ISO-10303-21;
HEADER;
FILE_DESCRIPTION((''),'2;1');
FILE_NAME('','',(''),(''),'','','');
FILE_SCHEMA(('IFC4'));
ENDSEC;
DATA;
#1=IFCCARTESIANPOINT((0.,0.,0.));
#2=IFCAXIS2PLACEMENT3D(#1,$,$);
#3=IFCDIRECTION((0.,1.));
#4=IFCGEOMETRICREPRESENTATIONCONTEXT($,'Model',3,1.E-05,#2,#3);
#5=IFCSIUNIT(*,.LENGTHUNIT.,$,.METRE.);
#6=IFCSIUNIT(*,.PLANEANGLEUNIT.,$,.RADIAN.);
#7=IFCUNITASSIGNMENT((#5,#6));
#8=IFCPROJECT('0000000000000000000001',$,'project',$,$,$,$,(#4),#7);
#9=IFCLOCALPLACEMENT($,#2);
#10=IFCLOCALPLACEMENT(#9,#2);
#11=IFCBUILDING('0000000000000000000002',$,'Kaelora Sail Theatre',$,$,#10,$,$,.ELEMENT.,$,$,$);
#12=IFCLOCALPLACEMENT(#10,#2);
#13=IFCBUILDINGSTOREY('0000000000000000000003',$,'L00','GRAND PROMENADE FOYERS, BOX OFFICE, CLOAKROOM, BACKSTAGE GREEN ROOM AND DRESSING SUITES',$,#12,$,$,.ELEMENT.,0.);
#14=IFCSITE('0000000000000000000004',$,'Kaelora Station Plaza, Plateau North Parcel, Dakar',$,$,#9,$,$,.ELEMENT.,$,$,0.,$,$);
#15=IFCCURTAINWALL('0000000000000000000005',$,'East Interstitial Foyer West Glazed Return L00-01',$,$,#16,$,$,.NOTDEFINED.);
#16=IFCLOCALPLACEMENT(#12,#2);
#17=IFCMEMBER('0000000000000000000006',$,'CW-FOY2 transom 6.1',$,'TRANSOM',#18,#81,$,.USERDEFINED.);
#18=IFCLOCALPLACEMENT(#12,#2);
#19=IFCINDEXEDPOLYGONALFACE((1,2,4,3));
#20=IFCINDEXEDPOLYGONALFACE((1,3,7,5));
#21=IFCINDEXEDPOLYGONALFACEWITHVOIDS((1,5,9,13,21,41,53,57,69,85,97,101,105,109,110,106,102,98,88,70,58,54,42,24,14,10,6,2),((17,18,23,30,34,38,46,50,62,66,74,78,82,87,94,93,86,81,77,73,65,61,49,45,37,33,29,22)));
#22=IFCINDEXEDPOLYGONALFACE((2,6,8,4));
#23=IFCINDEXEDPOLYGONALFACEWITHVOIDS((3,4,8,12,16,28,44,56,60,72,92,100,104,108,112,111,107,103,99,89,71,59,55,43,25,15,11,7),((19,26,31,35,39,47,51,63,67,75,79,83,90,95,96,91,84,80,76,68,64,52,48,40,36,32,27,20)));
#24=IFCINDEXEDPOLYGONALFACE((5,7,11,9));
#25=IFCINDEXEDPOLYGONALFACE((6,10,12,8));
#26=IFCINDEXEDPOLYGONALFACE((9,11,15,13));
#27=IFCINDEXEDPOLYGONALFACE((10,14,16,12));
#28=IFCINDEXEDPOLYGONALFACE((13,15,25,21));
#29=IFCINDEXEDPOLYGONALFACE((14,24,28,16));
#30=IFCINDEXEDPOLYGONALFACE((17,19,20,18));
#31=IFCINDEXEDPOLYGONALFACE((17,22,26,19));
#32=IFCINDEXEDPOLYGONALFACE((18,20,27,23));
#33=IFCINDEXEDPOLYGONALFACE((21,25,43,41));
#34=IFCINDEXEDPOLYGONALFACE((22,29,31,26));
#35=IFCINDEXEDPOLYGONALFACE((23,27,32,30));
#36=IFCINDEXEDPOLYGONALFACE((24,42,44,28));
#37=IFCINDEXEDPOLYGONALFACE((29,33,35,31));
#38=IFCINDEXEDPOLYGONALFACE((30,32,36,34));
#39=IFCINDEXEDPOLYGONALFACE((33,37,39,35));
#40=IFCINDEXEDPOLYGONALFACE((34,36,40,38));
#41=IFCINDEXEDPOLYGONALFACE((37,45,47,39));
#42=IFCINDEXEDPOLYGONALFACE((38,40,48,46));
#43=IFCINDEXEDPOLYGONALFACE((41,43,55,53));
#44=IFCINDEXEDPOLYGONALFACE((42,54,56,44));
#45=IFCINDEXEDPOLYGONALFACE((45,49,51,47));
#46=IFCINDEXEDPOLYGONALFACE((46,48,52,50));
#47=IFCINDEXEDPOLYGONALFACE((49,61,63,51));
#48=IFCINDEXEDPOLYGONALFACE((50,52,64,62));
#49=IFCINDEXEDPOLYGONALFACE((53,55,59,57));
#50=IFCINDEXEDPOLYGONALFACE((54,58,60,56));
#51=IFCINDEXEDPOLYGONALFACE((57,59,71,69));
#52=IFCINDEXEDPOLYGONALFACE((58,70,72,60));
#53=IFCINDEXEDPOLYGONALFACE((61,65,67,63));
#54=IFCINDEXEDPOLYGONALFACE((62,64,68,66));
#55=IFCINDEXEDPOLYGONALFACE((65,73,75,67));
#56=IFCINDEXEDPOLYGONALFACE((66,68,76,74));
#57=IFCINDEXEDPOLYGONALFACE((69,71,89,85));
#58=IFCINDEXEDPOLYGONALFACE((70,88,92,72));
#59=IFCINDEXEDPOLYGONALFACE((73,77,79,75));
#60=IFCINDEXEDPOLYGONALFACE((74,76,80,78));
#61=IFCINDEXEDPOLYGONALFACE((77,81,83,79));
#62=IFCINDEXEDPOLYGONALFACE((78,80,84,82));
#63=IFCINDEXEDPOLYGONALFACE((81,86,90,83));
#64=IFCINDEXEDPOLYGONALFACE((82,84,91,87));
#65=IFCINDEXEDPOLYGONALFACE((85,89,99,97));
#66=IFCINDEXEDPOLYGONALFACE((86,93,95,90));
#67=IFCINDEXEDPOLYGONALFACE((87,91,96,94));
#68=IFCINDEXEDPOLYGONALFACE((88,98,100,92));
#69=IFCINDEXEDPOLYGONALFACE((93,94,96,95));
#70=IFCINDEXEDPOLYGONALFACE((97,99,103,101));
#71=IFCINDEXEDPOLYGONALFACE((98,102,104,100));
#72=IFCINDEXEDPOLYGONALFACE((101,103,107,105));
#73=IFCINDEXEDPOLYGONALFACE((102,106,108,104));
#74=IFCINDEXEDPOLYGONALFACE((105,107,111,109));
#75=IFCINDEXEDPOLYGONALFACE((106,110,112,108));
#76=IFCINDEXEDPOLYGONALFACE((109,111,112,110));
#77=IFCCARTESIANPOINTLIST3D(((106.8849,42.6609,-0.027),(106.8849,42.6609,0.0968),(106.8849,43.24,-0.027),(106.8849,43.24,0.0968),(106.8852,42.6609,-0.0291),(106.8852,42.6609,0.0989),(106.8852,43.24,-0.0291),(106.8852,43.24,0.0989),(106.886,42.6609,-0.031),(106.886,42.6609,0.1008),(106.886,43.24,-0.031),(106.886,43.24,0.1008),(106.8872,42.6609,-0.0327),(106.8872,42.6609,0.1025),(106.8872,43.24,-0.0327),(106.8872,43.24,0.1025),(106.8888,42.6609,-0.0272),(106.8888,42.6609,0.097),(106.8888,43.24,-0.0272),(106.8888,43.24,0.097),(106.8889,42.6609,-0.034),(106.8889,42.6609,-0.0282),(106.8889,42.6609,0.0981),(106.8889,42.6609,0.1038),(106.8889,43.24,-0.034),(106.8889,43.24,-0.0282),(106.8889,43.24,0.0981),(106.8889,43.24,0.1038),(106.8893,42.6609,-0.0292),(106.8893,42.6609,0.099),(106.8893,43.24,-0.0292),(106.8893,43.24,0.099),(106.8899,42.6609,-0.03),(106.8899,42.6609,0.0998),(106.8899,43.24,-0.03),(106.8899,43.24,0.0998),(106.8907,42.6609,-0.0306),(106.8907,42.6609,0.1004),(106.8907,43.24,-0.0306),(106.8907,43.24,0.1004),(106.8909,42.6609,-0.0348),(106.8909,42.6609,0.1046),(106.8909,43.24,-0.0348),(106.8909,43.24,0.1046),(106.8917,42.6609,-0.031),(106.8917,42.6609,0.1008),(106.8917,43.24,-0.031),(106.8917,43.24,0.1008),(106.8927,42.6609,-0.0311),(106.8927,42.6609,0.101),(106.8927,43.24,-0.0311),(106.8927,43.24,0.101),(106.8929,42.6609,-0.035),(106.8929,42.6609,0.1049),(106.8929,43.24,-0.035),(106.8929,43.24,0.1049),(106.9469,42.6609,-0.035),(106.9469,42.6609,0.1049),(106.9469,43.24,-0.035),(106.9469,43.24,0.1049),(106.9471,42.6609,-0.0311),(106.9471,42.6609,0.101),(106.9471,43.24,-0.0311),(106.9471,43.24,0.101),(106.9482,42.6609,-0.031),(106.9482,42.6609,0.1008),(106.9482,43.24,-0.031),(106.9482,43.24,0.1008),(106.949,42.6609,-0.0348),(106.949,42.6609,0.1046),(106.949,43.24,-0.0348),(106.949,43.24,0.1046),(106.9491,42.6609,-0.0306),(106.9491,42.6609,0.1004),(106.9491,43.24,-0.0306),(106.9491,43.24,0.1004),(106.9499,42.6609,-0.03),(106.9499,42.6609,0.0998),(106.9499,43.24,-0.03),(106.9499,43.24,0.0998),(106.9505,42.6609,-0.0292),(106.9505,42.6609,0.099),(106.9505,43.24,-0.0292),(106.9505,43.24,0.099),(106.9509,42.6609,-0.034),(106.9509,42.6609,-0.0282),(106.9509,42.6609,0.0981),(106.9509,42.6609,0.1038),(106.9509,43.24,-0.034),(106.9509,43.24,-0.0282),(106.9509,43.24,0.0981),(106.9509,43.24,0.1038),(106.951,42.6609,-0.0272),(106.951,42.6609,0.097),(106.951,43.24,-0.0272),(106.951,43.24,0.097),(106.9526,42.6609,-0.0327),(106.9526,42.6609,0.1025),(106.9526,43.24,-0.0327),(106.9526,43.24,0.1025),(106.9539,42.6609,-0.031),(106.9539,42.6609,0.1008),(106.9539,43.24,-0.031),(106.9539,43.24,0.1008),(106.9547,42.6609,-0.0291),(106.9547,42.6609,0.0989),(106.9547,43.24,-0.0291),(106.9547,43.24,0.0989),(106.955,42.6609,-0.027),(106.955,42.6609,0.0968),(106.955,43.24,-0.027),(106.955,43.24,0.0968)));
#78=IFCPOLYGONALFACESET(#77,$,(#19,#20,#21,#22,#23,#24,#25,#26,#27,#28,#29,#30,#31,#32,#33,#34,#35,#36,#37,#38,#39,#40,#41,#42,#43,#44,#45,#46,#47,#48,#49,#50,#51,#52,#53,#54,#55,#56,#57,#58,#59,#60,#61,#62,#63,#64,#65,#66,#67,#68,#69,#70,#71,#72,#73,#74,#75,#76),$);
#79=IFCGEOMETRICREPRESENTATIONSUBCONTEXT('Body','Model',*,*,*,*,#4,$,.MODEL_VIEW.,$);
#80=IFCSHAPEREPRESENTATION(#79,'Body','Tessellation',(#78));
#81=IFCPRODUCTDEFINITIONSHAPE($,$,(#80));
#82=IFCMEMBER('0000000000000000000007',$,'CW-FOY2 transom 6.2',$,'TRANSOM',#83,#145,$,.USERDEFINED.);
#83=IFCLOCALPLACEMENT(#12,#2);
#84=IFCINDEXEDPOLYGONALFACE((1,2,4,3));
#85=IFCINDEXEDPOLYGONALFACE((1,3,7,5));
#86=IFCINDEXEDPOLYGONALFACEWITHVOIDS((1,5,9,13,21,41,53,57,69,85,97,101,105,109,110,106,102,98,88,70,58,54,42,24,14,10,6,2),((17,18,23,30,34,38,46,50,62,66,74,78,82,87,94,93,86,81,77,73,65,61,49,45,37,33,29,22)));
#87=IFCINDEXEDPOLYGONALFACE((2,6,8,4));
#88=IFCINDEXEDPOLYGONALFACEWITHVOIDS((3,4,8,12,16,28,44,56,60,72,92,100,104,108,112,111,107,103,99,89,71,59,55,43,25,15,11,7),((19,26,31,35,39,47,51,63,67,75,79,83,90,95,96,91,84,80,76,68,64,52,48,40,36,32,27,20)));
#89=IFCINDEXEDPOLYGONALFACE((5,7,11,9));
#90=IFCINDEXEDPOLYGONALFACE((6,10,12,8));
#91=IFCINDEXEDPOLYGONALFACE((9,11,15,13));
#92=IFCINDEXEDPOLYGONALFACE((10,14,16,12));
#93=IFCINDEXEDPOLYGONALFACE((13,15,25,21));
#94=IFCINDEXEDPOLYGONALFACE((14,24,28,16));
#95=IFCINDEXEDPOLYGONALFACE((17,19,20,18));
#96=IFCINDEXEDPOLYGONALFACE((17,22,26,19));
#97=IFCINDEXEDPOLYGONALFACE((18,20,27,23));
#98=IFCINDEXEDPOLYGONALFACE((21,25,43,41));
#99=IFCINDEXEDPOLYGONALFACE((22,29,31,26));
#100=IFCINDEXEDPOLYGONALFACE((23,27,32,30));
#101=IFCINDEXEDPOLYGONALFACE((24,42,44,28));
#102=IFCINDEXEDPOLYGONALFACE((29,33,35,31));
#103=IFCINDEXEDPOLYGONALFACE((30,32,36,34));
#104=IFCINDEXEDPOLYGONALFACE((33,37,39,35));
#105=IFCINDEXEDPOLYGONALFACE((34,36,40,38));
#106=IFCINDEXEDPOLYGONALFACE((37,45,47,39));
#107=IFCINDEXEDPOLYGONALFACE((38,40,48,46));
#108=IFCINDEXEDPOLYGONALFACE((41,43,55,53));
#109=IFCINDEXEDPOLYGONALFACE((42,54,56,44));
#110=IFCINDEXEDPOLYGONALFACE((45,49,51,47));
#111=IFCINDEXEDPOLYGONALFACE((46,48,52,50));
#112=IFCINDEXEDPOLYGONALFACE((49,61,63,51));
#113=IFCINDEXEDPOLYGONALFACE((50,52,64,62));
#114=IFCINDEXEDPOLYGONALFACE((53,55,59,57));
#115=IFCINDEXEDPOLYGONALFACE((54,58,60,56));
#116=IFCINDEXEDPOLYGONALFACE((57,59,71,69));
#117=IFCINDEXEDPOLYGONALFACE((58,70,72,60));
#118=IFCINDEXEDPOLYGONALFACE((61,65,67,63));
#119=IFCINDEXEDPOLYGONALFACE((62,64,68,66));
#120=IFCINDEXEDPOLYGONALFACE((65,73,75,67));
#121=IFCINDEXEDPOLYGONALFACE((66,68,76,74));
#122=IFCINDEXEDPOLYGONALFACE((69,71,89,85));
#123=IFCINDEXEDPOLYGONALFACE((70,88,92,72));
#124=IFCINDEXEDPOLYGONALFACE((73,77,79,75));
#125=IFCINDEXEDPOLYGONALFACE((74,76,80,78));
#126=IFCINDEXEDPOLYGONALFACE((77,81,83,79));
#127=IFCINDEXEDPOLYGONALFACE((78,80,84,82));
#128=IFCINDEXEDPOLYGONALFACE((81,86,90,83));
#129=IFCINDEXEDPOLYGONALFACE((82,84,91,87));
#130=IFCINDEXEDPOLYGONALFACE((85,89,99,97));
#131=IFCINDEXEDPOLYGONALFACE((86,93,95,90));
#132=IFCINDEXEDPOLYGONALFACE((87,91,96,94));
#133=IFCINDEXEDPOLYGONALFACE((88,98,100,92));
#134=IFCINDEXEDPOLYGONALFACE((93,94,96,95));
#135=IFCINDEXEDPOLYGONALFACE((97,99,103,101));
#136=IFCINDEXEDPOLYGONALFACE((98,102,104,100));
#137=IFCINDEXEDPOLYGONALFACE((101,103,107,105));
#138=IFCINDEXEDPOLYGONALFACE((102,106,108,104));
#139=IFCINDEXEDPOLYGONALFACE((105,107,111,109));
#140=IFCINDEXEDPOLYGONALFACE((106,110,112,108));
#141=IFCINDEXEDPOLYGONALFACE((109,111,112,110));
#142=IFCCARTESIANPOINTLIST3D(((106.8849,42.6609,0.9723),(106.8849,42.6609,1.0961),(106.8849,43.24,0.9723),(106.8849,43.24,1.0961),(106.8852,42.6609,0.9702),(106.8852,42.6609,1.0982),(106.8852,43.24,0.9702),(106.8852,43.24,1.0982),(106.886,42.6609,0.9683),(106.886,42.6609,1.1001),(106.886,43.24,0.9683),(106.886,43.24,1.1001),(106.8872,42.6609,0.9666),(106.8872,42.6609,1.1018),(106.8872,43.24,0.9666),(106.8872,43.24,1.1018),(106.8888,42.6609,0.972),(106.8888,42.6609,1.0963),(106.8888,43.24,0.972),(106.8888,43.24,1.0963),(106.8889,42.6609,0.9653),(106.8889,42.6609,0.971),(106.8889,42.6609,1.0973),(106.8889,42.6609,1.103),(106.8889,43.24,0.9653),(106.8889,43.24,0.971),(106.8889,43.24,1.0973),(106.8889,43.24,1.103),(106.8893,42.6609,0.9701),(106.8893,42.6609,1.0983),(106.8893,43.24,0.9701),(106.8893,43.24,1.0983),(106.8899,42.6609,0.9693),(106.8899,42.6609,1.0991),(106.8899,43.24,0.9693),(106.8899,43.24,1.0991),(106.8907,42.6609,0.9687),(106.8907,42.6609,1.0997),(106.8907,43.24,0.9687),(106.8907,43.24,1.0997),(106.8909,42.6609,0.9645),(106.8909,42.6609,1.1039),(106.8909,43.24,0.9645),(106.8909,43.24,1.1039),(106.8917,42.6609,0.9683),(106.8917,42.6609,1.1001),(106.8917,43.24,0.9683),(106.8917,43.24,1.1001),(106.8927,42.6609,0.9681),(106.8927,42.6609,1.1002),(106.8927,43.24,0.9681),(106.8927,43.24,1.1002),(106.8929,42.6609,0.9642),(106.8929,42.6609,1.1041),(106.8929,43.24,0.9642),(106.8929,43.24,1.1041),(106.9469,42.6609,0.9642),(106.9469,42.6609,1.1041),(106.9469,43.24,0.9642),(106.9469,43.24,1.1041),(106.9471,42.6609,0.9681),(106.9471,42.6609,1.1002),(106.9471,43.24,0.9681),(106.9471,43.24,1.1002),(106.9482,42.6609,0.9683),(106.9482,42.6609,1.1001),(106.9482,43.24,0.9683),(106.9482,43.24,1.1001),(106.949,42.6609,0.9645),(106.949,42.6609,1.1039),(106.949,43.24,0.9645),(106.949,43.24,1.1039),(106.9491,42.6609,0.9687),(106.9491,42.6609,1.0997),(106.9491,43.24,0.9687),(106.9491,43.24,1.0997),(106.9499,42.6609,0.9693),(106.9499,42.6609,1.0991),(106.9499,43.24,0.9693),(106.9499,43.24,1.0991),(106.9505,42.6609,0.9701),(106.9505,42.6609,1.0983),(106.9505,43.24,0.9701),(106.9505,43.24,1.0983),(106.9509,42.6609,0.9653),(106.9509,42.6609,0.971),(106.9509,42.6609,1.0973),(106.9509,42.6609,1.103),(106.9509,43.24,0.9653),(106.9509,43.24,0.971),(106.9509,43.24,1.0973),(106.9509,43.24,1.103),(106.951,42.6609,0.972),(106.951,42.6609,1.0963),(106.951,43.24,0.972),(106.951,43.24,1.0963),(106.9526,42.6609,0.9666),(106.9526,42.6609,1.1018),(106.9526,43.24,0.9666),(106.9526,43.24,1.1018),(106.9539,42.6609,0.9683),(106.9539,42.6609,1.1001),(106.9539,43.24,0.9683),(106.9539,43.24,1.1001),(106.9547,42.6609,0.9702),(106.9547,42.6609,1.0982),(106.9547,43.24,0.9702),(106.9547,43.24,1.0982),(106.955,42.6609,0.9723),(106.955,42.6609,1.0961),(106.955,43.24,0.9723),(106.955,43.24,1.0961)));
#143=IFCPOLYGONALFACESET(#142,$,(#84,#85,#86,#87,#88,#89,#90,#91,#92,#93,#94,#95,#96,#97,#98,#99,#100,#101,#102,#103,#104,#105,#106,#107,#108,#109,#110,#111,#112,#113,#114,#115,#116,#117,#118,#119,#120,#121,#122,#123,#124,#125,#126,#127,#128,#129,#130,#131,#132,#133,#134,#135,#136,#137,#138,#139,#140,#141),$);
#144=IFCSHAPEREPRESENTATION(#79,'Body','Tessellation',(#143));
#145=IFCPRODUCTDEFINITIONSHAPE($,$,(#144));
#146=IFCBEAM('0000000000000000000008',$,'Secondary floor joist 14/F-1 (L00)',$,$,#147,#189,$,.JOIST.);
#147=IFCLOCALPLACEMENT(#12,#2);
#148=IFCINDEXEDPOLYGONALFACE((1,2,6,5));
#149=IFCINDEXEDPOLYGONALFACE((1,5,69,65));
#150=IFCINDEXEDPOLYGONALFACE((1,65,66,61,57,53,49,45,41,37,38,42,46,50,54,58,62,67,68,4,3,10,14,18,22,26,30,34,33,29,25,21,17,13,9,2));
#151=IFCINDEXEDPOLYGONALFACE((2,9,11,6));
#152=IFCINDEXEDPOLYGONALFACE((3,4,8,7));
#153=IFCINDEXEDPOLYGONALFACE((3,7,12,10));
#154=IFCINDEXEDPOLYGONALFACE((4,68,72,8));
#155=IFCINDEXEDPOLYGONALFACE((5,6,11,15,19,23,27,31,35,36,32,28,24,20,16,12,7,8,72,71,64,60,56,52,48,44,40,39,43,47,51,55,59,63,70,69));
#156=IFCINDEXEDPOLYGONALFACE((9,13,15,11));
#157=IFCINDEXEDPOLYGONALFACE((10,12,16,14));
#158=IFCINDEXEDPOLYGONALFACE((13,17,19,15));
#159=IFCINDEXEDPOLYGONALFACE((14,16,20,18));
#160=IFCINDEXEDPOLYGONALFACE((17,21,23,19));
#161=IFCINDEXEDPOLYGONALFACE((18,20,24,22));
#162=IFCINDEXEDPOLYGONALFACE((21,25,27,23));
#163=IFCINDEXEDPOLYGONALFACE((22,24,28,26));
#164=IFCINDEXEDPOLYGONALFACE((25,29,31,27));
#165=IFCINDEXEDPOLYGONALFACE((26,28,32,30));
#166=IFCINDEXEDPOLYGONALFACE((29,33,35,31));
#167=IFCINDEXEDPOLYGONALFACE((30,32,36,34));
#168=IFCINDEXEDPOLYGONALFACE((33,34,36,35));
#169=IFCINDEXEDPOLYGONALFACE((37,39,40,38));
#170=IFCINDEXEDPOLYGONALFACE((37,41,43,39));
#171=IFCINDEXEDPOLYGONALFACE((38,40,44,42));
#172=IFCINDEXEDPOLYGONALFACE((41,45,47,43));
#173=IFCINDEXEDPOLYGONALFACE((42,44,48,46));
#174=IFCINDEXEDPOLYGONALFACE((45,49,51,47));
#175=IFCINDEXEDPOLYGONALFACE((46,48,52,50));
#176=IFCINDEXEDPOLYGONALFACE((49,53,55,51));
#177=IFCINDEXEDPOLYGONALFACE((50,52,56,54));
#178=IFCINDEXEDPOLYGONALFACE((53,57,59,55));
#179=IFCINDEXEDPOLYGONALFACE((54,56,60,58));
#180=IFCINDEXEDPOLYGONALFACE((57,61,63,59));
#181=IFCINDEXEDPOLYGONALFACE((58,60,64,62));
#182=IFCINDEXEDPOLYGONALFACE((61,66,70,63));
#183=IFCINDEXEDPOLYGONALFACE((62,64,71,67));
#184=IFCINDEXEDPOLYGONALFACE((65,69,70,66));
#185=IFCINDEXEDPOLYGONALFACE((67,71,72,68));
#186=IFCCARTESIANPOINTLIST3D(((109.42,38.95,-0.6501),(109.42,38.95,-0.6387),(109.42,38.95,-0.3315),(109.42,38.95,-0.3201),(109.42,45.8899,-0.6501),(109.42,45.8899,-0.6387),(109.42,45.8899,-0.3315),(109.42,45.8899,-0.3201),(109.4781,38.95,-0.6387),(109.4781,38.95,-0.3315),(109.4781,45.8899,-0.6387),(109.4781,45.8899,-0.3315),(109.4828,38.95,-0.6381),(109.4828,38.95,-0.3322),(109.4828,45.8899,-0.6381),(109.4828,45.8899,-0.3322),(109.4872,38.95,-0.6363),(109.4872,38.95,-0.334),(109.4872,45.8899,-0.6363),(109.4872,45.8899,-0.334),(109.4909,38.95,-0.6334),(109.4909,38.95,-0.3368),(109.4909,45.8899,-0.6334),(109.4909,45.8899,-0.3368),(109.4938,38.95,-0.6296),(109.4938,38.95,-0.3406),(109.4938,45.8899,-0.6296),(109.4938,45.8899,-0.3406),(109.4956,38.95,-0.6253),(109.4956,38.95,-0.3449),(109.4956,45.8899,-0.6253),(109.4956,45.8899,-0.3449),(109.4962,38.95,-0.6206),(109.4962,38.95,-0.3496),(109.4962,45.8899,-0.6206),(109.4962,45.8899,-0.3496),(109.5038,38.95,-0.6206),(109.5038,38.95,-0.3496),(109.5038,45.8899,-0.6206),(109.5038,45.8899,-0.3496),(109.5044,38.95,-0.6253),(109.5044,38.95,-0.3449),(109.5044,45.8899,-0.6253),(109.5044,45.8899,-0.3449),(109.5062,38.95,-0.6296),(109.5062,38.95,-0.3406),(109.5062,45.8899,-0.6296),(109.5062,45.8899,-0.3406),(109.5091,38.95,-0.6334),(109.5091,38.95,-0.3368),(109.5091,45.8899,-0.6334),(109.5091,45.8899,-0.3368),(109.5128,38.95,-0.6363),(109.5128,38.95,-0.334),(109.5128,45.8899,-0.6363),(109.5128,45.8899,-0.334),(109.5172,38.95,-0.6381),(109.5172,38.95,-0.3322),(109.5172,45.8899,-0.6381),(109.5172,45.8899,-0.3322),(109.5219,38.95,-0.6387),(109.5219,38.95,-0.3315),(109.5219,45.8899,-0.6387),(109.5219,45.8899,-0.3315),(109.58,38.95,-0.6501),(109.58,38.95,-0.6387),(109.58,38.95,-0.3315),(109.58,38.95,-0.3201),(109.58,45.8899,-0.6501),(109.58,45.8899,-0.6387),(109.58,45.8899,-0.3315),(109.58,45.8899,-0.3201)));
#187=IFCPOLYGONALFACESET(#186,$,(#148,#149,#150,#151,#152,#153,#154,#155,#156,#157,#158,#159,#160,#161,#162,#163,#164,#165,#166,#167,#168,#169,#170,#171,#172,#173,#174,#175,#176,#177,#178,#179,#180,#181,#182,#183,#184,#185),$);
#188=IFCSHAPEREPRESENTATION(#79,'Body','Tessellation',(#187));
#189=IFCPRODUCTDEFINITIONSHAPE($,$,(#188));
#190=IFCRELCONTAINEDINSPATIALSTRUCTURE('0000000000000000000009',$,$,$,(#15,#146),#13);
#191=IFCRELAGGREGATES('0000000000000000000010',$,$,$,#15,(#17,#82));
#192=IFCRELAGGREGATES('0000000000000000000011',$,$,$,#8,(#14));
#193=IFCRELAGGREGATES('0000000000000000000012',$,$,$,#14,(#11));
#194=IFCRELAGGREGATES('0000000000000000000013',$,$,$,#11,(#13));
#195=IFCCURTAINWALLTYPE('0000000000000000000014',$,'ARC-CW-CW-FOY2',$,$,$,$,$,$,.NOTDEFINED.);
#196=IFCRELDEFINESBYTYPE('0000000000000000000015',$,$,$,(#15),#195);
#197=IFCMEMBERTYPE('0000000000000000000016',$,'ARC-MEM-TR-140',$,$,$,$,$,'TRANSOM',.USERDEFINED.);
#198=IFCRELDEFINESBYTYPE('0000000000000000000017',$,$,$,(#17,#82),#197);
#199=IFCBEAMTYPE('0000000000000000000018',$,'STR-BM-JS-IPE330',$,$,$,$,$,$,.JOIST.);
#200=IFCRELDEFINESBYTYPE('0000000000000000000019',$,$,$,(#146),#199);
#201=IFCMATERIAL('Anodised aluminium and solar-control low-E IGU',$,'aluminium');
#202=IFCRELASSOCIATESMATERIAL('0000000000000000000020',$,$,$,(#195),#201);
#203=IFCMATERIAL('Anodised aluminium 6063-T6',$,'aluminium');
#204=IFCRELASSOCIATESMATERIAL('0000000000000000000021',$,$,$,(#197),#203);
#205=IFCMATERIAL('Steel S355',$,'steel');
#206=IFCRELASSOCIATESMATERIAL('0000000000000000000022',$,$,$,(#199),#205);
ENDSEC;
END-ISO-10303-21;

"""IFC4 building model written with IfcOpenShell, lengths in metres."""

from ifc_helpers import new_model, si_unit, direction, frame, origin, origin_2d, place, context, subcontext, project, spatial, hollow_rectangle, i_section, extrude, material, material_profile, profile_set, type_object, element, aggregate, save


model = new_model("IFC4")

# Units and contexts
model_context = context("Model", 3, precision=1e-05, world=origin(), true_north=direction((0.0, 1.0)))
body_context = subcontext(model_context, "Body", "Model", "MODEL_VIEW")
ifc_project = project(units=[si_unit("LENGTHUNIT", "METRE"), si_unit("PLANEANGLEUNIT", "RADIAN")], contexts=[model_context])

# Site, building, storey
site_placement = place(None, origin())
site = spatial("IfcSite", under=ifc_project, at=site_placement, Name="Kaelora Station Plaza, Plateau North Parcel, Dakar", CompositionType="ELEMENT", RefElevation=0.0)
building_placement = place(site_placement, origin())
building = spatial("IfcBuilding", under=site, at=building_placement, Name="Kaelora Sail Theatre", CompositionType="ELEMENT")
storey_placement = place(building_placement, origin())
storey = spatial("IfcBuildingStorey", under=building, at=storey_placement, Name="L00", Description="GRAND PROMENADE FOYERS, BOX OFFICE, CLOAKROOM, BACKSTAGE GREEN ROOM AND DRESSING SUITES", CompositionType="ELEMENT", Elevation=0.0)

# Shared definitions
ifc_material_1 = material(Name="Anodised aluminium and solar-control low-E IGU", Category="aluminium")
curtain_wall_type = type_object("IfcCurtainWallType", Name="ARC-CW-CW-FOY2", PredefinedType="NOTDEFINED", material=ifc_material_1)

# Curtain wall
curtain_wall_1_placement = place(storey_placement, origin())
curtain_wall_1 = element("IfcCurtainWall", 1, at=curtain_wall_1_placement, inside=storey, type_object=curtain_wall_type, Name="East Interstitial Foyer West Glazed Return L00-01", PredefinedType="NOTDEFINED")

# Members
ifc_material_2 = material(Name="Anodised aluminium 6063-T6", Category="aluminium")
ifc_material_profile_1 = material_profile(ifc_material_2, hollow_rectangle(XDim=0.0701, YDim=0.1399, WallThickness=0.0039, InnerFilletRadius=0.0039, OuterFilletRadius=0.0081, at=origin_2d()), Name="ALU-TRAN 70x140x4")
ifc_profile_set_1 = profile_set([ifc_material_profile_1], Name="Anodised aluminium 6063-T6")
member_type_1 = type_object("IfcMemberType", Name="ARC-MEM-TR-140", ElementType="TRANSOM", PredefinedType="USERDEFINED", material=ifc_profile_set_1)
member_1_placement = place(storey_placement, frame((106.9199, 42.6609, 0.0349), z_axis=(0.0, 1.0, 0.0), x_axis=(-1.0, 0.0, 0.0)))
member_1 = element("IfcMember", 2, at=member_1_placement, type_object=member_type_1, Name="CW-FOY2 transom 6.1", ObjectType="TRANSOM", PredefinedType="USERDEFINED", context=body_context, shape_type="SweptSolid", body=[
    extrude(hollow_rectangle(XDim=0.0701, YDim=0.1399, WallThickness=0.0039, InnerFilletRadius=0.0039, OuterFilletRadius=0.0081, at=origin_2d()), origin(), (0.0, 0.0, 1.0), 0.5791),
])
member_2_placement = place(storey_placement, frame((106.9199, 42.6609, 1.0342), z_axis=(0.0, 1.0, 0.0), x_axis=(-1.0, 0.0, 0.0)))
member_2 = element("IfcMember", 3, at=member_2_placement, type_object=member_type_1, Name="CW-FOY2 transom 6.2", ObjectType="TRANSOM", PredefinedType="USERDEFINED", context=body_context, shape_type="SweptSolid", body=[
    extrude(hollow_rectangle(XDim=0.0701, YDim=0.1399, WallThickness=0.0039, InnerFilletRadius=0.0039, OuterFilletRadius=0.0081, at=origin_2d()), origin(), (0.0, 0.0, 1.0), 0.5791),
])

# Beam
ifc_material_3 = material(Name="Steel S355", Category="steel")
ifc_material_profile_2 = material_profile(ifc_material_3, i_section(OverallWidth=0.1599, OverallDepth=0.3301, WebThickness=0.0076, FlangeThickness=0.0115, FilletRadius=0.0181, at=origin_2d()), Name="IPE 330")
ifc_profile_set_2 = profile_set([ifc_material_profile_2], Name="Steel S355")
beam_type = type_object("IfcBeamType", Name="STR-BM-JS-IPE330", PredefinedType="JOIST", material=ifc_profile_set_2)
beam_placement = place(storey_placement, frame((109.5, 38.95, -0.4851), z_axis=(0.0, 1.0, 0.0), x_axis=(-1.0, 0.0, 0.0)))
element("IfcBeam", 4, at=beam_placement, inside=storey, type_object=beam_type, Name="Secondary floor joist 14/F-1 (L00)", PredefinedType="JOIST", context=body_context, shape_type="SweptSolid", body=[
    extrude(i_section(OverallWidth=0.1599, OverallDepth=0.3301, WebThickness=0.0076, FlangeThickness=0.0115, FilletRadius=0.0181, at=origin_2d()), origin(), (0.0, 0.0, 1.0), 6.9399),
])

aggregate(curtain_wall_1, [member_1, member_2])

save(model, "model.ifc")
